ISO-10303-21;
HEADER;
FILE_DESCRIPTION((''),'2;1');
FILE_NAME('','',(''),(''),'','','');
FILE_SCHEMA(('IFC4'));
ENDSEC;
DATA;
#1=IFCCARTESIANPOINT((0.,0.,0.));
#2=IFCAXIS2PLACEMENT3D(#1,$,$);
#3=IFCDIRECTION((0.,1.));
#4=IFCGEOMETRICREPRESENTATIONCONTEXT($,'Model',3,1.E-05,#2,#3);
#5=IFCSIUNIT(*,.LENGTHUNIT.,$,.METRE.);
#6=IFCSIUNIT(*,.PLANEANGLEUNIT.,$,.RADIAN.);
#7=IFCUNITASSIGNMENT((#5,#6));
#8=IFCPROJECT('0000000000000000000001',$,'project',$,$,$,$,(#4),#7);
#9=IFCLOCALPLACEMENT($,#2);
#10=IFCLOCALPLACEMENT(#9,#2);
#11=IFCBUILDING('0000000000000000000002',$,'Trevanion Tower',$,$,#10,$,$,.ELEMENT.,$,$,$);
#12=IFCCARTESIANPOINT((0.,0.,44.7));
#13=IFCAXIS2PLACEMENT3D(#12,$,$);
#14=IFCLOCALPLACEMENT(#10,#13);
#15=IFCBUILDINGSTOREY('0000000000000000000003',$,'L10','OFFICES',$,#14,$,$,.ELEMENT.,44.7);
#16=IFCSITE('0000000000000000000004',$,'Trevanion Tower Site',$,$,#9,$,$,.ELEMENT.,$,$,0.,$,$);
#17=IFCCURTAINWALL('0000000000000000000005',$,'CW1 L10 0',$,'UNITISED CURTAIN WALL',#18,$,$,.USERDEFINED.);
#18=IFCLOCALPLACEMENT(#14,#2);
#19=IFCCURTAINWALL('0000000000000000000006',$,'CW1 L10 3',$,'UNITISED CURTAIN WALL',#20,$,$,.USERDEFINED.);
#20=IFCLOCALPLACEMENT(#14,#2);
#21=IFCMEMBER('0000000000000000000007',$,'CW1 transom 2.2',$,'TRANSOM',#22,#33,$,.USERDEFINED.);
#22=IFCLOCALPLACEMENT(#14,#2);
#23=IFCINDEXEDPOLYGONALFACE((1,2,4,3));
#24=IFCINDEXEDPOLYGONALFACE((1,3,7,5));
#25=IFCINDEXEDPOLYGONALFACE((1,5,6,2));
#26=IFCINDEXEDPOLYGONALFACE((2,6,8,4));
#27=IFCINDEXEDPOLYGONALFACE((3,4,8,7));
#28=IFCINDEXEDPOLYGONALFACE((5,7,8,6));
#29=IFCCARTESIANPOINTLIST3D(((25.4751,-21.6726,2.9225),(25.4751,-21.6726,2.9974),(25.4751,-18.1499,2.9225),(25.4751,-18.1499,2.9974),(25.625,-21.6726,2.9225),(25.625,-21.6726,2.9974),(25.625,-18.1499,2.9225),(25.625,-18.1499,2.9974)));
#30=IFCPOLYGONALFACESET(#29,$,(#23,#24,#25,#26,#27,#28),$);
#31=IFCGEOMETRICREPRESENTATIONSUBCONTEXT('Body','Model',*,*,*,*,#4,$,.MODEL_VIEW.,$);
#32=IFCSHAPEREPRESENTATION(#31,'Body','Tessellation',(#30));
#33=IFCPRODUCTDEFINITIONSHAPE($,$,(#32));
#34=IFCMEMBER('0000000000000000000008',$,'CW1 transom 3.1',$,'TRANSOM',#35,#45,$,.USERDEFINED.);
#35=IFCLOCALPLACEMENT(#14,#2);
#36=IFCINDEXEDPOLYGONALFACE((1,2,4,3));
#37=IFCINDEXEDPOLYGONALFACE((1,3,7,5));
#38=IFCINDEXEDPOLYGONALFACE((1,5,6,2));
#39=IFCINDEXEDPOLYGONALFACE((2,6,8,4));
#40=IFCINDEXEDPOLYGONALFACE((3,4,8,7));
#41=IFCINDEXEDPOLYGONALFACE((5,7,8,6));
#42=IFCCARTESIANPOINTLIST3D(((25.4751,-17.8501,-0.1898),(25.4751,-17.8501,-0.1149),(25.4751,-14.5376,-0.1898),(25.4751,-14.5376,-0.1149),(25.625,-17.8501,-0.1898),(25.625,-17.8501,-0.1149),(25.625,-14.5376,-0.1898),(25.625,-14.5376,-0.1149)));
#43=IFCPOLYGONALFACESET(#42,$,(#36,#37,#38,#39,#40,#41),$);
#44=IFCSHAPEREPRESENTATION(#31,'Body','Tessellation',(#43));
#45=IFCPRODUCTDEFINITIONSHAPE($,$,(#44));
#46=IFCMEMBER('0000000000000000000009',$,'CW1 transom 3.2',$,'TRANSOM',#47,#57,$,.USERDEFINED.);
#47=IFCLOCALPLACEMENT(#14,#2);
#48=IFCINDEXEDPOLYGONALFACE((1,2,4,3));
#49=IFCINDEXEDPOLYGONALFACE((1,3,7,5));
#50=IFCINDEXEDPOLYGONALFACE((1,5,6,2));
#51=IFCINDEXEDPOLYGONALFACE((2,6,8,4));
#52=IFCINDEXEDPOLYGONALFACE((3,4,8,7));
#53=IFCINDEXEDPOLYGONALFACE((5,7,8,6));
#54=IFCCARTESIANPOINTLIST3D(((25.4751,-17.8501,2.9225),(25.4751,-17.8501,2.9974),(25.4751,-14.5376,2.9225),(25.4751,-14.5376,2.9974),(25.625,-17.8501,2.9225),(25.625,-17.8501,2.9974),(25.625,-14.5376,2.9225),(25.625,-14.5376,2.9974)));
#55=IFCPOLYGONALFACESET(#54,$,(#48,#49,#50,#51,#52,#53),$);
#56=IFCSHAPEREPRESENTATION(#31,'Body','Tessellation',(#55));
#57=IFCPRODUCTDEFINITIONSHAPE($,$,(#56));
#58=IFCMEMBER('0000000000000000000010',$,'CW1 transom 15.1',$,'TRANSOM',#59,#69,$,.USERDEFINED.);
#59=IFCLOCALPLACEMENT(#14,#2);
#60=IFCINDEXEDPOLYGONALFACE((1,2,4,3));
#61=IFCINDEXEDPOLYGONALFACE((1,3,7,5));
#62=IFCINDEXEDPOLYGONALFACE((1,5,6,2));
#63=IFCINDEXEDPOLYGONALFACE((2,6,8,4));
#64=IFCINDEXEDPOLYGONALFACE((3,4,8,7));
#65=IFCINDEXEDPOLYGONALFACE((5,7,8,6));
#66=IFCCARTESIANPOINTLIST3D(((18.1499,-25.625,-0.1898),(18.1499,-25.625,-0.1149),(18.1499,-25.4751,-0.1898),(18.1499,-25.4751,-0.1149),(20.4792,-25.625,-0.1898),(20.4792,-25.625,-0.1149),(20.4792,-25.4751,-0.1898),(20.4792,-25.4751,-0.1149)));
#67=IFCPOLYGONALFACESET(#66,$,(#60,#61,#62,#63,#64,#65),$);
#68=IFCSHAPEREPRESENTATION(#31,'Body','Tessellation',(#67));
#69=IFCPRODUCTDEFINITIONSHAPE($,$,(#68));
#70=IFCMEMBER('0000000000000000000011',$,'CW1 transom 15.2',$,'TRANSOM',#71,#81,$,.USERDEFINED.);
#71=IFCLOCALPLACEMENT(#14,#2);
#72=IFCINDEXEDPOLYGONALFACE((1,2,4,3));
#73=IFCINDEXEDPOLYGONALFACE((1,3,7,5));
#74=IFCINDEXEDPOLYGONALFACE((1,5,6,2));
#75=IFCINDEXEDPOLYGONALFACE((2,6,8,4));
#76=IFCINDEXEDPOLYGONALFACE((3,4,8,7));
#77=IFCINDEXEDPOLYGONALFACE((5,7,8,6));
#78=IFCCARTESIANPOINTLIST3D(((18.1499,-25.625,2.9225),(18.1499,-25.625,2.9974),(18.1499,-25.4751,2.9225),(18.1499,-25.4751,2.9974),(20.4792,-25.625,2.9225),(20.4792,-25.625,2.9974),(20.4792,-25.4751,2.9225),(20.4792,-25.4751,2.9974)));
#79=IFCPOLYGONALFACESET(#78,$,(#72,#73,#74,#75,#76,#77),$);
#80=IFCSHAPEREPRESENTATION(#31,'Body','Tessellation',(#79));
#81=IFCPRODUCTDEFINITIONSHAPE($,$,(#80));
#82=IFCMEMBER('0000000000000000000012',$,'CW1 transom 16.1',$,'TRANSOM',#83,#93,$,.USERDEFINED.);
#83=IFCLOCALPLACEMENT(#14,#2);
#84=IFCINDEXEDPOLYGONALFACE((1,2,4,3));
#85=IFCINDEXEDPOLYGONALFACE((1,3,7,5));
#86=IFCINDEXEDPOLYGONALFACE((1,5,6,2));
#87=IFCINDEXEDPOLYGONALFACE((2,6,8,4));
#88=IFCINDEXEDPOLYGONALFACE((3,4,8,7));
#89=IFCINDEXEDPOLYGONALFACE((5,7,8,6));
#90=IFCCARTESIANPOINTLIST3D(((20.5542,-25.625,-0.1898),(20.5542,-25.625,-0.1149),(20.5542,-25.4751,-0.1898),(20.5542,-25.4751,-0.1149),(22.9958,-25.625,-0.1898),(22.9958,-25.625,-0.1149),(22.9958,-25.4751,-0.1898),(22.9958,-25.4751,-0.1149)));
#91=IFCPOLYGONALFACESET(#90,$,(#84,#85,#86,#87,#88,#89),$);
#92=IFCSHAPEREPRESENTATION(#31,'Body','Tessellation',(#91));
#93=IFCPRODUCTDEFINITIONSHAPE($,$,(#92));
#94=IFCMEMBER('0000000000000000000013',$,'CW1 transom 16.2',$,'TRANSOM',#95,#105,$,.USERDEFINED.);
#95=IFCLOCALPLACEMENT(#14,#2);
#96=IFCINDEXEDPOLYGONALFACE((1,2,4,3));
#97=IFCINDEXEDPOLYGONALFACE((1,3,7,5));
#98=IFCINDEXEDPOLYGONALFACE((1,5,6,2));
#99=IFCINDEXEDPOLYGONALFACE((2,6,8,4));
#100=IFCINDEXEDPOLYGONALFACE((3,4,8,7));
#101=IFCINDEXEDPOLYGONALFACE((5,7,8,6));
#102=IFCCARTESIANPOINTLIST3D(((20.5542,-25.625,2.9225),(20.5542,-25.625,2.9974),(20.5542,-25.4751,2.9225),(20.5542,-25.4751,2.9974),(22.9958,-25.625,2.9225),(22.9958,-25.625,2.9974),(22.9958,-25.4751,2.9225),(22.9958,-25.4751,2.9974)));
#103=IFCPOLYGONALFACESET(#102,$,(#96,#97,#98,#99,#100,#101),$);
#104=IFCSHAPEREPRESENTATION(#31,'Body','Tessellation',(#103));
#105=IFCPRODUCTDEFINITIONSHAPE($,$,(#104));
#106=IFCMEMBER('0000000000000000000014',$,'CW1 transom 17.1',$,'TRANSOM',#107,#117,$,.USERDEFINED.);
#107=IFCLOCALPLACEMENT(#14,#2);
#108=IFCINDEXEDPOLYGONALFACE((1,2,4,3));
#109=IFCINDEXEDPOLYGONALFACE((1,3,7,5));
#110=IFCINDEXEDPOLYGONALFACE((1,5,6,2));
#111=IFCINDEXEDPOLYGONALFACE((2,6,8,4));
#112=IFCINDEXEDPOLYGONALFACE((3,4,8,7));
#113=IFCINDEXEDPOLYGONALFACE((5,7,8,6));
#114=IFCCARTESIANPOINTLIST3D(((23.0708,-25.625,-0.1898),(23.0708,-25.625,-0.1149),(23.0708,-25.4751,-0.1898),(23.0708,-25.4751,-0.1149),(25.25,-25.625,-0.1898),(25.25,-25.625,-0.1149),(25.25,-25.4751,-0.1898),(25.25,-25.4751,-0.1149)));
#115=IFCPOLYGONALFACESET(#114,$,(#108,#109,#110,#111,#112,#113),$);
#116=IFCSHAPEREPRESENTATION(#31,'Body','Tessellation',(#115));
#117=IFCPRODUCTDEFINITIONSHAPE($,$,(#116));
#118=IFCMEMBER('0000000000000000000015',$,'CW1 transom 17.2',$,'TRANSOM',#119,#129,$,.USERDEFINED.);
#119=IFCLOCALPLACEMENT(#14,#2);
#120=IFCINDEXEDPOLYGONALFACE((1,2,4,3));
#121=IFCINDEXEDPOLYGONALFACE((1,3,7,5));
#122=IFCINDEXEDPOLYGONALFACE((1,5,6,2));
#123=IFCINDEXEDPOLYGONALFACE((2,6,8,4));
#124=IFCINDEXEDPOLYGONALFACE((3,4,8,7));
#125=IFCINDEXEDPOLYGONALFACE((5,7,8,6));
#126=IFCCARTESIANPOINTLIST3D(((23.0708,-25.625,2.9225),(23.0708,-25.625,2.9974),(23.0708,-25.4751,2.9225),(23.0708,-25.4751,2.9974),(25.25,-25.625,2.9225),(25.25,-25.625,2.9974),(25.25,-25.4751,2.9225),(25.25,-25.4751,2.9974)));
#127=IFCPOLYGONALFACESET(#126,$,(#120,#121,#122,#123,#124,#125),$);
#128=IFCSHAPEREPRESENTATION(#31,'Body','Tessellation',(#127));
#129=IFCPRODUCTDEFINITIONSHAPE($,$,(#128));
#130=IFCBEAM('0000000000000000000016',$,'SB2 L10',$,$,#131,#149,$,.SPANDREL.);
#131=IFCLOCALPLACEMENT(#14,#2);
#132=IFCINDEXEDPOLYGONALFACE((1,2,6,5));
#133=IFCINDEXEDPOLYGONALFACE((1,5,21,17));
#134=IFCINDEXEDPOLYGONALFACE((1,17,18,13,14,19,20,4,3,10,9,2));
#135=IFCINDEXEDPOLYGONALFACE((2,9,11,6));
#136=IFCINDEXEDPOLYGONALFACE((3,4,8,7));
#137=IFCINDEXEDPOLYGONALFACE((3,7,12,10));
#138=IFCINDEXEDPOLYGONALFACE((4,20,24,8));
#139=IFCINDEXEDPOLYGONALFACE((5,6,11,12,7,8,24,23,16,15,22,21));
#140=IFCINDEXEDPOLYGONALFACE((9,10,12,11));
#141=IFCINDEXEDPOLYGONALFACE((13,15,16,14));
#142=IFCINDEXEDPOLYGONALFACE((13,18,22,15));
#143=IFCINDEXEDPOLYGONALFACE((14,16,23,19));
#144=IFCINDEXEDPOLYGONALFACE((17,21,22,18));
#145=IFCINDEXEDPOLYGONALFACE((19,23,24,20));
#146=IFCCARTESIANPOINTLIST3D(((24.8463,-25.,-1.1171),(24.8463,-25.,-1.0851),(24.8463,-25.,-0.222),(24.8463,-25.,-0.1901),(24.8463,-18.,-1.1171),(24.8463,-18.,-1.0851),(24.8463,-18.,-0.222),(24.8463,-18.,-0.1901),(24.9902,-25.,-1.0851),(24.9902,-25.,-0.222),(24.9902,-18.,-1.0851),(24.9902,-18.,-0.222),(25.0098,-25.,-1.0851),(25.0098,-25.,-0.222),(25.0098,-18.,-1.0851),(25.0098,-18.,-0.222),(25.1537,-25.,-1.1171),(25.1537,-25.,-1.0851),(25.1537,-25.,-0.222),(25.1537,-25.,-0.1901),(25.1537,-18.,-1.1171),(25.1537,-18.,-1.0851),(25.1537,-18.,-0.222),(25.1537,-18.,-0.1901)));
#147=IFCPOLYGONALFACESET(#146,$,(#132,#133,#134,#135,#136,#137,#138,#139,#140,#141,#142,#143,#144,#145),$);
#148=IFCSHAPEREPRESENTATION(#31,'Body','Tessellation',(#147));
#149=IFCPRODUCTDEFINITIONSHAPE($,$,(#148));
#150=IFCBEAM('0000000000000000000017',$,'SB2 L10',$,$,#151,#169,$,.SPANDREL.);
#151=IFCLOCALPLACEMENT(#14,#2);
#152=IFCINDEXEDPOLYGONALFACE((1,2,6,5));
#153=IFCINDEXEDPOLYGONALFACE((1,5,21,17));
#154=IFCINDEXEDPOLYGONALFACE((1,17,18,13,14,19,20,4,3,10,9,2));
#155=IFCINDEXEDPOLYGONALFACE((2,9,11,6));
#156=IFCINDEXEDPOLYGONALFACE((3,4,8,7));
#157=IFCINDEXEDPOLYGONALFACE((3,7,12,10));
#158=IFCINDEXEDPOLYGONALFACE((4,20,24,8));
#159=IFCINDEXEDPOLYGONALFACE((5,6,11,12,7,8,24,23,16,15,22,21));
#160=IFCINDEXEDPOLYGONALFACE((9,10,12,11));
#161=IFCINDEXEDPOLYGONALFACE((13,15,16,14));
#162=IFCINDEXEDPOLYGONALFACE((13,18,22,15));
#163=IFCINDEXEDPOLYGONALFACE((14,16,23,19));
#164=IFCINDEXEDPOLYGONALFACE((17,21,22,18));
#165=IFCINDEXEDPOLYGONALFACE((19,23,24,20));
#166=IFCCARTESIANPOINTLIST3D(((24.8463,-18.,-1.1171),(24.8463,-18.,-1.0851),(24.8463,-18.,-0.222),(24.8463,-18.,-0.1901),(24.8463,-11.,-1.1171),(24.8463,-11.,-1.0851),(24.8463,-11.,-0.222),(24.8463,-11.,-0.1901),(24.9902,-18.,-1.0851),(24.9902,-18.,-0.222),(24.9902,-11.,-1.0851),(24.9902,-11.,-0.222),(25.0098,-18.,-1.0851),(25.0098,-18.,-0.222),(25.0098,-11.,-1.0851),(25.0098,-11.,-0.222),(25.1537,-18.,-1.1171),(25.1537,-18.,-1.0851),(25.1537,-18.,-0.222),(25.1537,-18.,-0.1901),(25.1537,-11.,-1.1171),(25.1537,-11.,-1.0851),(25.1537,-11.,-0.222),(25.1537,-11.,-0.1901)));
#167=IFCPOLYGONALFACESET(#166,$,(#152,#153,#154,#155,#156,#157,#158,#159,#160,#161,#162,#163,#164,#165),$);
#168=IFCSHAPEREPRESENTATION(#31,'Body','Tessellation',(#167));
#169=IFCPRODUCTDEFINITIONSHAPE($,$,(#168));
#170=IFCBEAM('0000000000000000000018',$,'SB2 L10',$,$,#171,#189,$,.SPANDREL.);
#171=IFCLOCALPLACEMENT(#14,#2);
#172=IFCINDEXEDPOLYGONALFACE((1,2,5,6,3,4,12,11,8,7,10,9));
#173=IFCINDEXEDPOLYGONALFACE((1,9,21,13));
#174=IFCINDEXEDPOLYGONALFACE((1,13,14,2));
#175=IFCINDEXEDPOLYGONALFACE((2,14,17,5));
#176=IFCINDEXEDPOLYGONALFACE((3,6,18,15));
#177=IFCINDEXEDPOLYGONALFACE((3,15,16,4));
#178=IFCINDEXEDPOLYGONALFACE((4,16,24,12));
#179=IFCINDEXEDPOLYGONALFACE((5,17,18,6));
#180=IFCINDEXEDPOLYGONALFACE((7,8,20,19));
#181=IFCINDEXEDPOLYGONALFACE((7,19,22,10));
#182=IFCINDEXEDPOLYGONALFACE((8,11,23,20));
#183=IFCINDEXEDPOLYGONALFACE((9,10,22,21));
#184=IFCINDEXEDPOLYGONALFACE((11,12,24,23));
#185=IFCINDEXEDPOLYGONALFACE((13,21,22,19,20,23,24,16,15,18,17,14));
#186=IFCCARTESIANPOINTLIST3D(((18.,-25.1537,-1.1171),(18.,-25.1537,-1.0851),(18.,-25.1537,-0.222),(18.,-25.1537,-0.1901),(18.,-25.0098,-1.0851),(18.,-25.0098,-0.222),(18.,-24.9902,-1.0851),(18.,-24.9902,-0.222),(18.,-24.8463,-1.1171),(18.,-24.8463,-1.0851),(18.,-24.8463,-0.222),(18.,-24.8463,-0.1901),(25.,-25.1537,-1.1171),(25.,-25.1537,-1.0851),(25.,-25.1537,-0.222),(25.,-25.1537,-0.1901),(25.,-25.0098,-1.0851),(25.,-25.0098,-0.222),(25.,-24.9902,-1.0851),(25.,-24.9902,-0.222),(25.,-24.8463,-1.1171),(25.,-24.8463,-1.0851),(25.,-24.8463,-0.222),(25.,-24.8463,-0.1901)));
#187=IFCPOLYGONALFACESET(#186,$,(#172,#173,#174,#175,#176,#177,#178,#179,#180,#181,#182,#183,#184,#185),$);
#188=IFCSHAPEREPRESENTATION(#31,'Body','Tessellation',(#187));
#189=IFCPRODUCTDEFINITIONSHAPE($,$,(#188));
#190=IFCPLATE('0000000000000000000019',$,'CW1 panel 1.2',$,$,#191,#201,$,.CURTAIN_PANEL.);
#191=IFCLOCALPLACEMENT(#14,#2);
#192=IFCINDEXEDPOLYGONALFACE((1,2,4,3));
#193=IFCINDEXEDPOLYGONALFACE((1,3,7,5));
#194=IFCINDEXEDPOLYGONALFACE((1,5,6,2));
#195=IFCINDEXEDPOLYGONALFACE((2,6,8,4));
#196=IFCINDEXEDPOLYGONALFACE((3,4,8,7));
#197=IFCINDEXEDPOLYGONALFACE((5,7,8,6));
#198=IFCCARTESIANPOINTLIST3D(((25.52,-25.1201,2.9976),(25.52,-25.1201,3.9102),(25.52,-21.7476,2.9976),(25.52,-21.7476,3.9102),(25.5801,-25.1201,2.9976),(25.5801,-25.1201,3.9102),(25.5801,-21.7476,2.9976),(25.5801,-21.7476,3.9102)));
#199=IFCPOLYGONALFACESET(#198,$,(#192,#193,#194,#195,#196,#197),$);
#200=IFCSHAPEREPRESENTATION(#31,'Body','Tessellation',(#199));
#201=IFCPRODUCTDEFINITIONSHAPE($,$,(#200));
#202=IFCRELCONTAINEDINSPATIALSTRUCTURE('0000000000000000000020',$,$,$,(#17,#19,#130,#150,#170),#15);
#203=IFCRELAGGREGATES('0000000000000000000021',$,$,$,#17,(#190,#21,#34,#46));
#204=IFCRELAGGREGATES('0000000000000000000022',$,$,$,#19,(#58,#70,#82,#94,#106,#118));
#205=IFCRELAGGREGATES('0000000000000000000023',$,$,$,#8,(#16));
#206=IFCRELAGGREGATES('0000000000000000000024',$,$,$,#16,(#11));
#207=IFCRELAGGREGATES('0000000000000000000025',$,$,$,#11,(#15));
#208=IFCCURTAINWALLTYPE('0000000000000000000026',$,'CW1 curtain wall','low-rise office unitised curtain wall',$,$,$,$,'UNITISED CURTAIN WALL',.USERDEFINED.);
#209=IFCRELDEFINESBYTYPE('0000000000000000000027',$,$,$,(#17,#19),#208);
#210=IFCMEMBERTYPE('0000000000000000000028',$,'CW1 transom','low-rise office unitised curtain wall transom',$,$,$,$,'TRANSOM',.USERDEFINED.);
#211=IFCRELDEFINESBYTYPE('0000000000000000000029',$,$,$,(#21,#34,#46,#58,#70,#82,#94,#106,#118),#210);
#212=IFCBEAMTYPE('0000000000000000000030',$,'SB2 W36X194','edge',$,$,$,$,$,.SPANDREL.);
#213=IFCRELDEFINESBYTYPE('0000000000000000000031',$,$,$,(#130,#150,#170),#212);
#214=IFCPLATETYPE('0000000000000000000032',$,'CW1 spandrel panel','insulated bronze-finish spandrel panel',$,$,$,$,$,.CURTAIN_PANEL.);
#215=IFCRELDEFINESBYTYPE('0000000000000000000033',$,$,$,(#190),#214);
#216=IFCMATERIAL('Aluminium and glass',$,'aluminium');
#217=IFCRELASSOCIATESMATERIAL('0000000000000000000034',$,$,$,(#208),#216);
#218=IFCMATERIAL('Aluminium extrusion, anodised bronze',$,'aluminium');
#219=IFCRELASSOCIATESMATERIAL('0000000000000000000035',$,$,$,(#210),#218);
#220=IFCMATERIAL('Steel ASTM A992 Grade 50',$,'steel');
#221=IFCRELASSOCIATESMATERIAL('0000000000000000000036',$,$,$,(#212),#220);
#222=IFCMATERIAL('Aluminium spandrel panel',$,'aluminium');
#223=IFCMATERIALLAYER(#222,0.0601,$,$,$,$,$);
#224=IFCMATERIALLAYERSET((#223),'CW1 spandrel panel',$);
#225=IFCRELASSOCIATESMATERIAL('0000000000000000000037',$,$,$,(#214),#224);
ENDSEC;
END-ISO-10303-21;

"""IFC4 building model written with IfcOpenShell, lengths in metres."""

from ifc_helpers import new_model, si_unit, direction, frame, origin, origin_2d, place, context, subcontext, project, spatial, rectangle, i_section, extrude, material, layer, layer_set, material_profile, profile_set, type_object, element, aggregate, save


model = new_model("IFC4")

# Units and contexts
model_context = context("Model", 3, precision=1e-05, world=origin(), true_north=direction((0.0, 1.0)))
body_context = subcontext(model_context, "Body", "Model", "MODEL_VIEW")
ifc_project = project(units=[si_unit("LENGTHUNIT", "METRE"), si_unit("PLANEANGLEUNIT", "RADIAN")], contexts=[model_context])

# Site, building, storey
site_placement = place(None, origin())
site = spatial("IfcSite", under=ifc_project, at=site_placement, Name="Trevanion Tower Site", CompositionType="ELEMENT", RefElevation=0.0)
building_placement = place(site_placement, origin())
building = spatial("IfcBuilding", under=site, at=building_placement, Name="Trevanion Tower", CompositionType="ELEMENT")
storey_placement = place(building_placement, frame((0.0, 0.0, 44.7)))
storey = spatial("IfcBuildingStorey", under=building, at=storey_placement, Name="L10", Description="OFFICES", CompositionType="ELEMENT", Elevation=44.7)

# Curtain wall
ifc_material_1 = material(Name="Aluminium and glass", Category="aluminium")
curtain_wall_type = type_object("IfcCurtainWallType", Name="CW1 curtain wall", Description="low-rise office unitised curtain wall", ElementType="UNITISED CURTAIN WALL", PredefinedType="USERDEFINED", material=ifc_material_1)
curtain_wall_1_placement = place(storey_placement, origin())
curtain_wall_1 = element("IfcCurtainWall", 1, at=curtain_wall_1_placement, inside=storey, type_object=curtain_wall_type, Name="CW1 L10 0", ObjectType="UNITISED CURTAIN WALL", PredefinedType="USERDEFINED")

# Curtain wall
curtain_wall_2_placement = place(storey_placement, origin())
curtain_wall_2 = element("IfcCurtainWall", 2, at=curtain_wall_2_placement, inside=storey, type_object=curtain_wall_type, Name="CW1 L10 3", ObjectType="UNITISED CURTAIN WALL", PredefinedType="USERDEFINED")

# Members
ifc_material_2 = material(Name="Aluminium extrusion, anodised bronze", Category="aluminium")
ifc_material_profile_1 = material_profile(ifc_material_2, rectangle(XDim=0.1499, YDim=0.075, at=origin_2d()), Name="CW1 transom")
ifc_profile_set_1 = profile_set([ifc_material_profile_1], Name="Aluminium extrusion, anodised bronze")
member_type_1 = type_object("IfcMemberType", Name="CW1 transom", Description="low-rise office unitised curtain wall transom", ElementType="TRANSOM", PredefinedType="USERDEFINED", material=ifc_profile_set_1)
member_1_placement = place(storey_placement, frame((25.55, -21.6726, 2.96), z_axis=(0.0, 1.0, 0.0), x_axis=(-1.0, 0.0, 0.0)))
member_1 = element("IfcMember", 3, at=member_1_placement, type_object=member_type_1, Name="CW1 transom 2.2", ObjectType="TRANSOM", PredefinedType="USERDEFINED", context=body_context, shape_type="SweptSolid", body=[
    extrude(rectangle(XDim=0.1499, YDim=0.075, at=origin_2d()), origin(), (0.0, 0.0, 1.0), 3.5227),
])
member_2_placement = place(storey_placement, frame((25.55, -17.8501, -0.1523), z_axis=(0.0, 1.0, 0.0), x_axis=(-1.0, 0.0, 0.0)))
member_2 = element("IfcMember", 4, at=member_2_placement, type_object=member_type_1, Name="CW1 transom 3.1", ObjectType="TRANSOM", PredefinedType="USERDEFINED", context=body_context, shape_type="SweptSolid", body=[
    extrude(rectangle(XDim=0.1499, YDim=0.075, at=origin_2d()), origin(), (0.0, 0.0, 1.0), 3.3125),
])
member_3_placement = place(storey_placement, frame((25.55, -17.8501, 2.96), z_axis=(0.0, 1.0, 0.0), x_axis=(-1.0, 0.0, 0.0)))
member_3 = element("IfcMember", 5, at=member_3_placement, type_object=member_type_1, Name="CW1 transom 3.2", ObjectType="TRANSOM", PredefinedType="USERDEFINED", context=body_context, shape_type="SweptSolid", body=[
    extrude(rectangle(XDim=0.1499, YDim=0.075, at=origin_2d()), origin(), (0.0, 0.0, 1.0), 3.3125),
])
member_4_placement = place(storey_placement, frame((18.1499, -25.55, -0.1523), z_axis=(1.0, 0.0, 0.0), x_axis=(0.0, 1.0, 0.0)))
member_4 = element("IfcMember", 6, at=member_4_placement, type_object=member_type_1, Name="CW1 transom 15.1", ObjectType="TRANSOM", PredefinedType="USERDEFINED", context=body_context, shape_type="SweptSolid", body=[
    extrude(rectangle(XDim=0.1499, YDim=0.075, at=origin_2d()), origin(), (0.0, 0.0, 1.0), 2.3293),
])
member_5_placement = place(storey_placement, frame((18.1499, -25.55, 2.96), z_axis=(1.0, 0.0, 0.0), x_axis=(0.0, 1.0, 0.0)))
member_5 = element("IfcMember", 7, at=member_5_placement, type_object=member_type_1, Name="CW1 transom 15.2", ObjectType="TRANSOM", PredefinedType="USERDEFINED", context=body_context, shape_type="SweptSolid", body=[
    extrude(rectangle(XDim=0.1499, YDim=0.075, at=origin_2d()), origin(), (0.0, 0.0, 1.0), 2.3293),
])
member_6_placement = place(storey_placement, frame((20.5542, -25.55, -0.1523), z_axis=(1.0, 0.0, 0.0), x_axis=(0.0, 1.0, 0.0)))
member_6 = element("IfcMember", 8, at=member_6_placement, type_object=member_type_1, Name="CW1 transom 16.1", ObjectType="TRANSOM", PredefinedType="USERDEFINED", context=body_context, shape_type="SweptSolid", body=[
    extrude(rectangle(XDim=0.1499, YDim=0.075, at=origin_2d()), origin(), (0.0, 0.0, 1.0), 2.4417),
])
member_7_placement = place(storey_placement, frame((20.5542, -25.55, 2.96), z_axis=(1.0, 0.0, 0.0), x_axis=(0.0, 1.0, 0.0)))
member_7 = element("IfcMember", 9, at=member_7_placement, type_object=member_type_1, Name="CW1 transom 16.2", ObjectType="TRANSOM", PredefinedType="USERDEFINED", context=body_context, shape_type="SweptSolid", body=[
    extrude(rectangle(XDim=0.1499, YDim=0.075, at=origin_2d()), origin(), (0.0, 0.0, 1.0), 2.4417),
])
member_8_placement = place(storey_placement, frame((23.0708, -25.55, -0.1523), z_axis=(1.0, 0.0, 0.0), x_axis=(0.0, 1.0, 0.0)))
member_8 = element("IfcMember", 10, at=member_8_placement, type_object=member_type_1, Name="CW1 transom 17.1", ObjectType="TRANSOM", PredefinedType="USERDEFINED", context=body_context, shape_type="SweptSolid", body=[
    extrude(rectangle(XDim=0.1499, YDim=0.075, at=origin_2d()), origin(), (0.0, 0.0, 1.0), 2.1792),
])
member_9_placement = place(storey_placement, frame((23.0708, -25.55, 2.96), z_axis=(1.0, 0.0, 0.0), x_axis=(0.0, 1.0, 0.0)))
member_9 = element("IfcMember", 11, at=member_9_placement, type_object=member_type_1, Name="CW1 transom 17.2", ObjectType="TRANSOM", PredefinedType="USERDEFINED", context=body_context, shape_type="SweptSolid", body=[
    extrude(rectangle(XDim=0.1499, YDim=0.075, at=origin_2d()), origin(), (0.0, 0.0, 1.0), 2.1792),
])

# Beams
ifc_material_3 = material(Name="Steel ASTM A992 Grade 50", Category="steel")
ifc_material_profile_2 = material_profile(ifc_material_3, i_section(OverallWidth=0.3074, OverallDepth=0.927, WebThickness=0.0195, FlangeThickness=0.032, at=origin_2d()), Name="W36X194")
ifc_profile_set_2 = profile_set([ifc_material_profile_2], Name="Steel ASTM A992 Grade 50")
beam_type = type_object("IfcBeamType", Name="SB2 W36X194", Description="edge", PredefinedType="SPANDREL", material=ifc_profile_set_2)
for number, where, z_axis, x_axis, name in (
    (12, (25.0, -25.0, -0.6536), (0.0, 1.0, 0.0), (-1.0, 0.0, 0.0), "SB2 L10"),
    (13, (25.0, -18.0, -0.6536), (0.0, 1.0, 0.0), (-1.0, 0.0, 0.0), "SB2 L10"),
    (14, (18.0, -25.0, -0.6536), (1.0, 0.0, 0.0), (0.0, 1.0, 0.0), "SB2 L10"),
):
    element("IfcBeam", number, at=place(storey_placement, frame(where, z_axis=z_axis, x_axis=x_axis)), inside=storey, type_object=beam_type, Name=name, PredefinedType="SPANDREL", context=body_context, shape_type="SweptSolid", body=[
        extrude(i_section(OverallWidth=0.3074, OverallDepth=0.927, WebThickness=0.0195, FlangeThickness=0.032, at=origin_2d()), origin(), (0.0, 0.0, 1.0), 7.0),
    ])

# Plate
ifc_material_4 = material(Name="Aluminium spandrel panel", Category="aluminium")
ifc_layer_1 = layer(ifc_material_4, 0.0601)
ifc_layer_set_1 = layer_set([ifc_layer_1], Name="CW1 spandrel panel")
plate_type_1 = type_object("IfcPlateType", Name="CW1 spandrel panel", Description="insulated bronze-finish spandrel panel", PredefinedType="CURTAIN_PANEL", material=ifc_layer_set_1)
plate_1_placement = place(storey_placement, frame((25.55, -23.4338, 2.9976), z_axis=(0.0, 0.0, 1.0), x_axis=(0.0, 1.0, 0.0)))
plate_1 = element("IfcPlate", 15, at=plate_1_placement, type_object=plate_type_1, Name="CW1 panel 1.2", PredefinedType="CURTAIN_PANEL", context=body_context, shape_type="SweptSolid", body=[
    extrude(rectangle(XDim=3.3726, YDim=0.0601, at=origin_2d()), origin(), (0.0, 0.0, 1.0), 0.9126),
])
aggregate(curtain_wall_1, [plate_1, member_1, member_2, member_3])
aggregate(curtain_wall_2, [member_4, member_5, member_6, member_7, member_8, member_9])

save(model, "model.ifc")
